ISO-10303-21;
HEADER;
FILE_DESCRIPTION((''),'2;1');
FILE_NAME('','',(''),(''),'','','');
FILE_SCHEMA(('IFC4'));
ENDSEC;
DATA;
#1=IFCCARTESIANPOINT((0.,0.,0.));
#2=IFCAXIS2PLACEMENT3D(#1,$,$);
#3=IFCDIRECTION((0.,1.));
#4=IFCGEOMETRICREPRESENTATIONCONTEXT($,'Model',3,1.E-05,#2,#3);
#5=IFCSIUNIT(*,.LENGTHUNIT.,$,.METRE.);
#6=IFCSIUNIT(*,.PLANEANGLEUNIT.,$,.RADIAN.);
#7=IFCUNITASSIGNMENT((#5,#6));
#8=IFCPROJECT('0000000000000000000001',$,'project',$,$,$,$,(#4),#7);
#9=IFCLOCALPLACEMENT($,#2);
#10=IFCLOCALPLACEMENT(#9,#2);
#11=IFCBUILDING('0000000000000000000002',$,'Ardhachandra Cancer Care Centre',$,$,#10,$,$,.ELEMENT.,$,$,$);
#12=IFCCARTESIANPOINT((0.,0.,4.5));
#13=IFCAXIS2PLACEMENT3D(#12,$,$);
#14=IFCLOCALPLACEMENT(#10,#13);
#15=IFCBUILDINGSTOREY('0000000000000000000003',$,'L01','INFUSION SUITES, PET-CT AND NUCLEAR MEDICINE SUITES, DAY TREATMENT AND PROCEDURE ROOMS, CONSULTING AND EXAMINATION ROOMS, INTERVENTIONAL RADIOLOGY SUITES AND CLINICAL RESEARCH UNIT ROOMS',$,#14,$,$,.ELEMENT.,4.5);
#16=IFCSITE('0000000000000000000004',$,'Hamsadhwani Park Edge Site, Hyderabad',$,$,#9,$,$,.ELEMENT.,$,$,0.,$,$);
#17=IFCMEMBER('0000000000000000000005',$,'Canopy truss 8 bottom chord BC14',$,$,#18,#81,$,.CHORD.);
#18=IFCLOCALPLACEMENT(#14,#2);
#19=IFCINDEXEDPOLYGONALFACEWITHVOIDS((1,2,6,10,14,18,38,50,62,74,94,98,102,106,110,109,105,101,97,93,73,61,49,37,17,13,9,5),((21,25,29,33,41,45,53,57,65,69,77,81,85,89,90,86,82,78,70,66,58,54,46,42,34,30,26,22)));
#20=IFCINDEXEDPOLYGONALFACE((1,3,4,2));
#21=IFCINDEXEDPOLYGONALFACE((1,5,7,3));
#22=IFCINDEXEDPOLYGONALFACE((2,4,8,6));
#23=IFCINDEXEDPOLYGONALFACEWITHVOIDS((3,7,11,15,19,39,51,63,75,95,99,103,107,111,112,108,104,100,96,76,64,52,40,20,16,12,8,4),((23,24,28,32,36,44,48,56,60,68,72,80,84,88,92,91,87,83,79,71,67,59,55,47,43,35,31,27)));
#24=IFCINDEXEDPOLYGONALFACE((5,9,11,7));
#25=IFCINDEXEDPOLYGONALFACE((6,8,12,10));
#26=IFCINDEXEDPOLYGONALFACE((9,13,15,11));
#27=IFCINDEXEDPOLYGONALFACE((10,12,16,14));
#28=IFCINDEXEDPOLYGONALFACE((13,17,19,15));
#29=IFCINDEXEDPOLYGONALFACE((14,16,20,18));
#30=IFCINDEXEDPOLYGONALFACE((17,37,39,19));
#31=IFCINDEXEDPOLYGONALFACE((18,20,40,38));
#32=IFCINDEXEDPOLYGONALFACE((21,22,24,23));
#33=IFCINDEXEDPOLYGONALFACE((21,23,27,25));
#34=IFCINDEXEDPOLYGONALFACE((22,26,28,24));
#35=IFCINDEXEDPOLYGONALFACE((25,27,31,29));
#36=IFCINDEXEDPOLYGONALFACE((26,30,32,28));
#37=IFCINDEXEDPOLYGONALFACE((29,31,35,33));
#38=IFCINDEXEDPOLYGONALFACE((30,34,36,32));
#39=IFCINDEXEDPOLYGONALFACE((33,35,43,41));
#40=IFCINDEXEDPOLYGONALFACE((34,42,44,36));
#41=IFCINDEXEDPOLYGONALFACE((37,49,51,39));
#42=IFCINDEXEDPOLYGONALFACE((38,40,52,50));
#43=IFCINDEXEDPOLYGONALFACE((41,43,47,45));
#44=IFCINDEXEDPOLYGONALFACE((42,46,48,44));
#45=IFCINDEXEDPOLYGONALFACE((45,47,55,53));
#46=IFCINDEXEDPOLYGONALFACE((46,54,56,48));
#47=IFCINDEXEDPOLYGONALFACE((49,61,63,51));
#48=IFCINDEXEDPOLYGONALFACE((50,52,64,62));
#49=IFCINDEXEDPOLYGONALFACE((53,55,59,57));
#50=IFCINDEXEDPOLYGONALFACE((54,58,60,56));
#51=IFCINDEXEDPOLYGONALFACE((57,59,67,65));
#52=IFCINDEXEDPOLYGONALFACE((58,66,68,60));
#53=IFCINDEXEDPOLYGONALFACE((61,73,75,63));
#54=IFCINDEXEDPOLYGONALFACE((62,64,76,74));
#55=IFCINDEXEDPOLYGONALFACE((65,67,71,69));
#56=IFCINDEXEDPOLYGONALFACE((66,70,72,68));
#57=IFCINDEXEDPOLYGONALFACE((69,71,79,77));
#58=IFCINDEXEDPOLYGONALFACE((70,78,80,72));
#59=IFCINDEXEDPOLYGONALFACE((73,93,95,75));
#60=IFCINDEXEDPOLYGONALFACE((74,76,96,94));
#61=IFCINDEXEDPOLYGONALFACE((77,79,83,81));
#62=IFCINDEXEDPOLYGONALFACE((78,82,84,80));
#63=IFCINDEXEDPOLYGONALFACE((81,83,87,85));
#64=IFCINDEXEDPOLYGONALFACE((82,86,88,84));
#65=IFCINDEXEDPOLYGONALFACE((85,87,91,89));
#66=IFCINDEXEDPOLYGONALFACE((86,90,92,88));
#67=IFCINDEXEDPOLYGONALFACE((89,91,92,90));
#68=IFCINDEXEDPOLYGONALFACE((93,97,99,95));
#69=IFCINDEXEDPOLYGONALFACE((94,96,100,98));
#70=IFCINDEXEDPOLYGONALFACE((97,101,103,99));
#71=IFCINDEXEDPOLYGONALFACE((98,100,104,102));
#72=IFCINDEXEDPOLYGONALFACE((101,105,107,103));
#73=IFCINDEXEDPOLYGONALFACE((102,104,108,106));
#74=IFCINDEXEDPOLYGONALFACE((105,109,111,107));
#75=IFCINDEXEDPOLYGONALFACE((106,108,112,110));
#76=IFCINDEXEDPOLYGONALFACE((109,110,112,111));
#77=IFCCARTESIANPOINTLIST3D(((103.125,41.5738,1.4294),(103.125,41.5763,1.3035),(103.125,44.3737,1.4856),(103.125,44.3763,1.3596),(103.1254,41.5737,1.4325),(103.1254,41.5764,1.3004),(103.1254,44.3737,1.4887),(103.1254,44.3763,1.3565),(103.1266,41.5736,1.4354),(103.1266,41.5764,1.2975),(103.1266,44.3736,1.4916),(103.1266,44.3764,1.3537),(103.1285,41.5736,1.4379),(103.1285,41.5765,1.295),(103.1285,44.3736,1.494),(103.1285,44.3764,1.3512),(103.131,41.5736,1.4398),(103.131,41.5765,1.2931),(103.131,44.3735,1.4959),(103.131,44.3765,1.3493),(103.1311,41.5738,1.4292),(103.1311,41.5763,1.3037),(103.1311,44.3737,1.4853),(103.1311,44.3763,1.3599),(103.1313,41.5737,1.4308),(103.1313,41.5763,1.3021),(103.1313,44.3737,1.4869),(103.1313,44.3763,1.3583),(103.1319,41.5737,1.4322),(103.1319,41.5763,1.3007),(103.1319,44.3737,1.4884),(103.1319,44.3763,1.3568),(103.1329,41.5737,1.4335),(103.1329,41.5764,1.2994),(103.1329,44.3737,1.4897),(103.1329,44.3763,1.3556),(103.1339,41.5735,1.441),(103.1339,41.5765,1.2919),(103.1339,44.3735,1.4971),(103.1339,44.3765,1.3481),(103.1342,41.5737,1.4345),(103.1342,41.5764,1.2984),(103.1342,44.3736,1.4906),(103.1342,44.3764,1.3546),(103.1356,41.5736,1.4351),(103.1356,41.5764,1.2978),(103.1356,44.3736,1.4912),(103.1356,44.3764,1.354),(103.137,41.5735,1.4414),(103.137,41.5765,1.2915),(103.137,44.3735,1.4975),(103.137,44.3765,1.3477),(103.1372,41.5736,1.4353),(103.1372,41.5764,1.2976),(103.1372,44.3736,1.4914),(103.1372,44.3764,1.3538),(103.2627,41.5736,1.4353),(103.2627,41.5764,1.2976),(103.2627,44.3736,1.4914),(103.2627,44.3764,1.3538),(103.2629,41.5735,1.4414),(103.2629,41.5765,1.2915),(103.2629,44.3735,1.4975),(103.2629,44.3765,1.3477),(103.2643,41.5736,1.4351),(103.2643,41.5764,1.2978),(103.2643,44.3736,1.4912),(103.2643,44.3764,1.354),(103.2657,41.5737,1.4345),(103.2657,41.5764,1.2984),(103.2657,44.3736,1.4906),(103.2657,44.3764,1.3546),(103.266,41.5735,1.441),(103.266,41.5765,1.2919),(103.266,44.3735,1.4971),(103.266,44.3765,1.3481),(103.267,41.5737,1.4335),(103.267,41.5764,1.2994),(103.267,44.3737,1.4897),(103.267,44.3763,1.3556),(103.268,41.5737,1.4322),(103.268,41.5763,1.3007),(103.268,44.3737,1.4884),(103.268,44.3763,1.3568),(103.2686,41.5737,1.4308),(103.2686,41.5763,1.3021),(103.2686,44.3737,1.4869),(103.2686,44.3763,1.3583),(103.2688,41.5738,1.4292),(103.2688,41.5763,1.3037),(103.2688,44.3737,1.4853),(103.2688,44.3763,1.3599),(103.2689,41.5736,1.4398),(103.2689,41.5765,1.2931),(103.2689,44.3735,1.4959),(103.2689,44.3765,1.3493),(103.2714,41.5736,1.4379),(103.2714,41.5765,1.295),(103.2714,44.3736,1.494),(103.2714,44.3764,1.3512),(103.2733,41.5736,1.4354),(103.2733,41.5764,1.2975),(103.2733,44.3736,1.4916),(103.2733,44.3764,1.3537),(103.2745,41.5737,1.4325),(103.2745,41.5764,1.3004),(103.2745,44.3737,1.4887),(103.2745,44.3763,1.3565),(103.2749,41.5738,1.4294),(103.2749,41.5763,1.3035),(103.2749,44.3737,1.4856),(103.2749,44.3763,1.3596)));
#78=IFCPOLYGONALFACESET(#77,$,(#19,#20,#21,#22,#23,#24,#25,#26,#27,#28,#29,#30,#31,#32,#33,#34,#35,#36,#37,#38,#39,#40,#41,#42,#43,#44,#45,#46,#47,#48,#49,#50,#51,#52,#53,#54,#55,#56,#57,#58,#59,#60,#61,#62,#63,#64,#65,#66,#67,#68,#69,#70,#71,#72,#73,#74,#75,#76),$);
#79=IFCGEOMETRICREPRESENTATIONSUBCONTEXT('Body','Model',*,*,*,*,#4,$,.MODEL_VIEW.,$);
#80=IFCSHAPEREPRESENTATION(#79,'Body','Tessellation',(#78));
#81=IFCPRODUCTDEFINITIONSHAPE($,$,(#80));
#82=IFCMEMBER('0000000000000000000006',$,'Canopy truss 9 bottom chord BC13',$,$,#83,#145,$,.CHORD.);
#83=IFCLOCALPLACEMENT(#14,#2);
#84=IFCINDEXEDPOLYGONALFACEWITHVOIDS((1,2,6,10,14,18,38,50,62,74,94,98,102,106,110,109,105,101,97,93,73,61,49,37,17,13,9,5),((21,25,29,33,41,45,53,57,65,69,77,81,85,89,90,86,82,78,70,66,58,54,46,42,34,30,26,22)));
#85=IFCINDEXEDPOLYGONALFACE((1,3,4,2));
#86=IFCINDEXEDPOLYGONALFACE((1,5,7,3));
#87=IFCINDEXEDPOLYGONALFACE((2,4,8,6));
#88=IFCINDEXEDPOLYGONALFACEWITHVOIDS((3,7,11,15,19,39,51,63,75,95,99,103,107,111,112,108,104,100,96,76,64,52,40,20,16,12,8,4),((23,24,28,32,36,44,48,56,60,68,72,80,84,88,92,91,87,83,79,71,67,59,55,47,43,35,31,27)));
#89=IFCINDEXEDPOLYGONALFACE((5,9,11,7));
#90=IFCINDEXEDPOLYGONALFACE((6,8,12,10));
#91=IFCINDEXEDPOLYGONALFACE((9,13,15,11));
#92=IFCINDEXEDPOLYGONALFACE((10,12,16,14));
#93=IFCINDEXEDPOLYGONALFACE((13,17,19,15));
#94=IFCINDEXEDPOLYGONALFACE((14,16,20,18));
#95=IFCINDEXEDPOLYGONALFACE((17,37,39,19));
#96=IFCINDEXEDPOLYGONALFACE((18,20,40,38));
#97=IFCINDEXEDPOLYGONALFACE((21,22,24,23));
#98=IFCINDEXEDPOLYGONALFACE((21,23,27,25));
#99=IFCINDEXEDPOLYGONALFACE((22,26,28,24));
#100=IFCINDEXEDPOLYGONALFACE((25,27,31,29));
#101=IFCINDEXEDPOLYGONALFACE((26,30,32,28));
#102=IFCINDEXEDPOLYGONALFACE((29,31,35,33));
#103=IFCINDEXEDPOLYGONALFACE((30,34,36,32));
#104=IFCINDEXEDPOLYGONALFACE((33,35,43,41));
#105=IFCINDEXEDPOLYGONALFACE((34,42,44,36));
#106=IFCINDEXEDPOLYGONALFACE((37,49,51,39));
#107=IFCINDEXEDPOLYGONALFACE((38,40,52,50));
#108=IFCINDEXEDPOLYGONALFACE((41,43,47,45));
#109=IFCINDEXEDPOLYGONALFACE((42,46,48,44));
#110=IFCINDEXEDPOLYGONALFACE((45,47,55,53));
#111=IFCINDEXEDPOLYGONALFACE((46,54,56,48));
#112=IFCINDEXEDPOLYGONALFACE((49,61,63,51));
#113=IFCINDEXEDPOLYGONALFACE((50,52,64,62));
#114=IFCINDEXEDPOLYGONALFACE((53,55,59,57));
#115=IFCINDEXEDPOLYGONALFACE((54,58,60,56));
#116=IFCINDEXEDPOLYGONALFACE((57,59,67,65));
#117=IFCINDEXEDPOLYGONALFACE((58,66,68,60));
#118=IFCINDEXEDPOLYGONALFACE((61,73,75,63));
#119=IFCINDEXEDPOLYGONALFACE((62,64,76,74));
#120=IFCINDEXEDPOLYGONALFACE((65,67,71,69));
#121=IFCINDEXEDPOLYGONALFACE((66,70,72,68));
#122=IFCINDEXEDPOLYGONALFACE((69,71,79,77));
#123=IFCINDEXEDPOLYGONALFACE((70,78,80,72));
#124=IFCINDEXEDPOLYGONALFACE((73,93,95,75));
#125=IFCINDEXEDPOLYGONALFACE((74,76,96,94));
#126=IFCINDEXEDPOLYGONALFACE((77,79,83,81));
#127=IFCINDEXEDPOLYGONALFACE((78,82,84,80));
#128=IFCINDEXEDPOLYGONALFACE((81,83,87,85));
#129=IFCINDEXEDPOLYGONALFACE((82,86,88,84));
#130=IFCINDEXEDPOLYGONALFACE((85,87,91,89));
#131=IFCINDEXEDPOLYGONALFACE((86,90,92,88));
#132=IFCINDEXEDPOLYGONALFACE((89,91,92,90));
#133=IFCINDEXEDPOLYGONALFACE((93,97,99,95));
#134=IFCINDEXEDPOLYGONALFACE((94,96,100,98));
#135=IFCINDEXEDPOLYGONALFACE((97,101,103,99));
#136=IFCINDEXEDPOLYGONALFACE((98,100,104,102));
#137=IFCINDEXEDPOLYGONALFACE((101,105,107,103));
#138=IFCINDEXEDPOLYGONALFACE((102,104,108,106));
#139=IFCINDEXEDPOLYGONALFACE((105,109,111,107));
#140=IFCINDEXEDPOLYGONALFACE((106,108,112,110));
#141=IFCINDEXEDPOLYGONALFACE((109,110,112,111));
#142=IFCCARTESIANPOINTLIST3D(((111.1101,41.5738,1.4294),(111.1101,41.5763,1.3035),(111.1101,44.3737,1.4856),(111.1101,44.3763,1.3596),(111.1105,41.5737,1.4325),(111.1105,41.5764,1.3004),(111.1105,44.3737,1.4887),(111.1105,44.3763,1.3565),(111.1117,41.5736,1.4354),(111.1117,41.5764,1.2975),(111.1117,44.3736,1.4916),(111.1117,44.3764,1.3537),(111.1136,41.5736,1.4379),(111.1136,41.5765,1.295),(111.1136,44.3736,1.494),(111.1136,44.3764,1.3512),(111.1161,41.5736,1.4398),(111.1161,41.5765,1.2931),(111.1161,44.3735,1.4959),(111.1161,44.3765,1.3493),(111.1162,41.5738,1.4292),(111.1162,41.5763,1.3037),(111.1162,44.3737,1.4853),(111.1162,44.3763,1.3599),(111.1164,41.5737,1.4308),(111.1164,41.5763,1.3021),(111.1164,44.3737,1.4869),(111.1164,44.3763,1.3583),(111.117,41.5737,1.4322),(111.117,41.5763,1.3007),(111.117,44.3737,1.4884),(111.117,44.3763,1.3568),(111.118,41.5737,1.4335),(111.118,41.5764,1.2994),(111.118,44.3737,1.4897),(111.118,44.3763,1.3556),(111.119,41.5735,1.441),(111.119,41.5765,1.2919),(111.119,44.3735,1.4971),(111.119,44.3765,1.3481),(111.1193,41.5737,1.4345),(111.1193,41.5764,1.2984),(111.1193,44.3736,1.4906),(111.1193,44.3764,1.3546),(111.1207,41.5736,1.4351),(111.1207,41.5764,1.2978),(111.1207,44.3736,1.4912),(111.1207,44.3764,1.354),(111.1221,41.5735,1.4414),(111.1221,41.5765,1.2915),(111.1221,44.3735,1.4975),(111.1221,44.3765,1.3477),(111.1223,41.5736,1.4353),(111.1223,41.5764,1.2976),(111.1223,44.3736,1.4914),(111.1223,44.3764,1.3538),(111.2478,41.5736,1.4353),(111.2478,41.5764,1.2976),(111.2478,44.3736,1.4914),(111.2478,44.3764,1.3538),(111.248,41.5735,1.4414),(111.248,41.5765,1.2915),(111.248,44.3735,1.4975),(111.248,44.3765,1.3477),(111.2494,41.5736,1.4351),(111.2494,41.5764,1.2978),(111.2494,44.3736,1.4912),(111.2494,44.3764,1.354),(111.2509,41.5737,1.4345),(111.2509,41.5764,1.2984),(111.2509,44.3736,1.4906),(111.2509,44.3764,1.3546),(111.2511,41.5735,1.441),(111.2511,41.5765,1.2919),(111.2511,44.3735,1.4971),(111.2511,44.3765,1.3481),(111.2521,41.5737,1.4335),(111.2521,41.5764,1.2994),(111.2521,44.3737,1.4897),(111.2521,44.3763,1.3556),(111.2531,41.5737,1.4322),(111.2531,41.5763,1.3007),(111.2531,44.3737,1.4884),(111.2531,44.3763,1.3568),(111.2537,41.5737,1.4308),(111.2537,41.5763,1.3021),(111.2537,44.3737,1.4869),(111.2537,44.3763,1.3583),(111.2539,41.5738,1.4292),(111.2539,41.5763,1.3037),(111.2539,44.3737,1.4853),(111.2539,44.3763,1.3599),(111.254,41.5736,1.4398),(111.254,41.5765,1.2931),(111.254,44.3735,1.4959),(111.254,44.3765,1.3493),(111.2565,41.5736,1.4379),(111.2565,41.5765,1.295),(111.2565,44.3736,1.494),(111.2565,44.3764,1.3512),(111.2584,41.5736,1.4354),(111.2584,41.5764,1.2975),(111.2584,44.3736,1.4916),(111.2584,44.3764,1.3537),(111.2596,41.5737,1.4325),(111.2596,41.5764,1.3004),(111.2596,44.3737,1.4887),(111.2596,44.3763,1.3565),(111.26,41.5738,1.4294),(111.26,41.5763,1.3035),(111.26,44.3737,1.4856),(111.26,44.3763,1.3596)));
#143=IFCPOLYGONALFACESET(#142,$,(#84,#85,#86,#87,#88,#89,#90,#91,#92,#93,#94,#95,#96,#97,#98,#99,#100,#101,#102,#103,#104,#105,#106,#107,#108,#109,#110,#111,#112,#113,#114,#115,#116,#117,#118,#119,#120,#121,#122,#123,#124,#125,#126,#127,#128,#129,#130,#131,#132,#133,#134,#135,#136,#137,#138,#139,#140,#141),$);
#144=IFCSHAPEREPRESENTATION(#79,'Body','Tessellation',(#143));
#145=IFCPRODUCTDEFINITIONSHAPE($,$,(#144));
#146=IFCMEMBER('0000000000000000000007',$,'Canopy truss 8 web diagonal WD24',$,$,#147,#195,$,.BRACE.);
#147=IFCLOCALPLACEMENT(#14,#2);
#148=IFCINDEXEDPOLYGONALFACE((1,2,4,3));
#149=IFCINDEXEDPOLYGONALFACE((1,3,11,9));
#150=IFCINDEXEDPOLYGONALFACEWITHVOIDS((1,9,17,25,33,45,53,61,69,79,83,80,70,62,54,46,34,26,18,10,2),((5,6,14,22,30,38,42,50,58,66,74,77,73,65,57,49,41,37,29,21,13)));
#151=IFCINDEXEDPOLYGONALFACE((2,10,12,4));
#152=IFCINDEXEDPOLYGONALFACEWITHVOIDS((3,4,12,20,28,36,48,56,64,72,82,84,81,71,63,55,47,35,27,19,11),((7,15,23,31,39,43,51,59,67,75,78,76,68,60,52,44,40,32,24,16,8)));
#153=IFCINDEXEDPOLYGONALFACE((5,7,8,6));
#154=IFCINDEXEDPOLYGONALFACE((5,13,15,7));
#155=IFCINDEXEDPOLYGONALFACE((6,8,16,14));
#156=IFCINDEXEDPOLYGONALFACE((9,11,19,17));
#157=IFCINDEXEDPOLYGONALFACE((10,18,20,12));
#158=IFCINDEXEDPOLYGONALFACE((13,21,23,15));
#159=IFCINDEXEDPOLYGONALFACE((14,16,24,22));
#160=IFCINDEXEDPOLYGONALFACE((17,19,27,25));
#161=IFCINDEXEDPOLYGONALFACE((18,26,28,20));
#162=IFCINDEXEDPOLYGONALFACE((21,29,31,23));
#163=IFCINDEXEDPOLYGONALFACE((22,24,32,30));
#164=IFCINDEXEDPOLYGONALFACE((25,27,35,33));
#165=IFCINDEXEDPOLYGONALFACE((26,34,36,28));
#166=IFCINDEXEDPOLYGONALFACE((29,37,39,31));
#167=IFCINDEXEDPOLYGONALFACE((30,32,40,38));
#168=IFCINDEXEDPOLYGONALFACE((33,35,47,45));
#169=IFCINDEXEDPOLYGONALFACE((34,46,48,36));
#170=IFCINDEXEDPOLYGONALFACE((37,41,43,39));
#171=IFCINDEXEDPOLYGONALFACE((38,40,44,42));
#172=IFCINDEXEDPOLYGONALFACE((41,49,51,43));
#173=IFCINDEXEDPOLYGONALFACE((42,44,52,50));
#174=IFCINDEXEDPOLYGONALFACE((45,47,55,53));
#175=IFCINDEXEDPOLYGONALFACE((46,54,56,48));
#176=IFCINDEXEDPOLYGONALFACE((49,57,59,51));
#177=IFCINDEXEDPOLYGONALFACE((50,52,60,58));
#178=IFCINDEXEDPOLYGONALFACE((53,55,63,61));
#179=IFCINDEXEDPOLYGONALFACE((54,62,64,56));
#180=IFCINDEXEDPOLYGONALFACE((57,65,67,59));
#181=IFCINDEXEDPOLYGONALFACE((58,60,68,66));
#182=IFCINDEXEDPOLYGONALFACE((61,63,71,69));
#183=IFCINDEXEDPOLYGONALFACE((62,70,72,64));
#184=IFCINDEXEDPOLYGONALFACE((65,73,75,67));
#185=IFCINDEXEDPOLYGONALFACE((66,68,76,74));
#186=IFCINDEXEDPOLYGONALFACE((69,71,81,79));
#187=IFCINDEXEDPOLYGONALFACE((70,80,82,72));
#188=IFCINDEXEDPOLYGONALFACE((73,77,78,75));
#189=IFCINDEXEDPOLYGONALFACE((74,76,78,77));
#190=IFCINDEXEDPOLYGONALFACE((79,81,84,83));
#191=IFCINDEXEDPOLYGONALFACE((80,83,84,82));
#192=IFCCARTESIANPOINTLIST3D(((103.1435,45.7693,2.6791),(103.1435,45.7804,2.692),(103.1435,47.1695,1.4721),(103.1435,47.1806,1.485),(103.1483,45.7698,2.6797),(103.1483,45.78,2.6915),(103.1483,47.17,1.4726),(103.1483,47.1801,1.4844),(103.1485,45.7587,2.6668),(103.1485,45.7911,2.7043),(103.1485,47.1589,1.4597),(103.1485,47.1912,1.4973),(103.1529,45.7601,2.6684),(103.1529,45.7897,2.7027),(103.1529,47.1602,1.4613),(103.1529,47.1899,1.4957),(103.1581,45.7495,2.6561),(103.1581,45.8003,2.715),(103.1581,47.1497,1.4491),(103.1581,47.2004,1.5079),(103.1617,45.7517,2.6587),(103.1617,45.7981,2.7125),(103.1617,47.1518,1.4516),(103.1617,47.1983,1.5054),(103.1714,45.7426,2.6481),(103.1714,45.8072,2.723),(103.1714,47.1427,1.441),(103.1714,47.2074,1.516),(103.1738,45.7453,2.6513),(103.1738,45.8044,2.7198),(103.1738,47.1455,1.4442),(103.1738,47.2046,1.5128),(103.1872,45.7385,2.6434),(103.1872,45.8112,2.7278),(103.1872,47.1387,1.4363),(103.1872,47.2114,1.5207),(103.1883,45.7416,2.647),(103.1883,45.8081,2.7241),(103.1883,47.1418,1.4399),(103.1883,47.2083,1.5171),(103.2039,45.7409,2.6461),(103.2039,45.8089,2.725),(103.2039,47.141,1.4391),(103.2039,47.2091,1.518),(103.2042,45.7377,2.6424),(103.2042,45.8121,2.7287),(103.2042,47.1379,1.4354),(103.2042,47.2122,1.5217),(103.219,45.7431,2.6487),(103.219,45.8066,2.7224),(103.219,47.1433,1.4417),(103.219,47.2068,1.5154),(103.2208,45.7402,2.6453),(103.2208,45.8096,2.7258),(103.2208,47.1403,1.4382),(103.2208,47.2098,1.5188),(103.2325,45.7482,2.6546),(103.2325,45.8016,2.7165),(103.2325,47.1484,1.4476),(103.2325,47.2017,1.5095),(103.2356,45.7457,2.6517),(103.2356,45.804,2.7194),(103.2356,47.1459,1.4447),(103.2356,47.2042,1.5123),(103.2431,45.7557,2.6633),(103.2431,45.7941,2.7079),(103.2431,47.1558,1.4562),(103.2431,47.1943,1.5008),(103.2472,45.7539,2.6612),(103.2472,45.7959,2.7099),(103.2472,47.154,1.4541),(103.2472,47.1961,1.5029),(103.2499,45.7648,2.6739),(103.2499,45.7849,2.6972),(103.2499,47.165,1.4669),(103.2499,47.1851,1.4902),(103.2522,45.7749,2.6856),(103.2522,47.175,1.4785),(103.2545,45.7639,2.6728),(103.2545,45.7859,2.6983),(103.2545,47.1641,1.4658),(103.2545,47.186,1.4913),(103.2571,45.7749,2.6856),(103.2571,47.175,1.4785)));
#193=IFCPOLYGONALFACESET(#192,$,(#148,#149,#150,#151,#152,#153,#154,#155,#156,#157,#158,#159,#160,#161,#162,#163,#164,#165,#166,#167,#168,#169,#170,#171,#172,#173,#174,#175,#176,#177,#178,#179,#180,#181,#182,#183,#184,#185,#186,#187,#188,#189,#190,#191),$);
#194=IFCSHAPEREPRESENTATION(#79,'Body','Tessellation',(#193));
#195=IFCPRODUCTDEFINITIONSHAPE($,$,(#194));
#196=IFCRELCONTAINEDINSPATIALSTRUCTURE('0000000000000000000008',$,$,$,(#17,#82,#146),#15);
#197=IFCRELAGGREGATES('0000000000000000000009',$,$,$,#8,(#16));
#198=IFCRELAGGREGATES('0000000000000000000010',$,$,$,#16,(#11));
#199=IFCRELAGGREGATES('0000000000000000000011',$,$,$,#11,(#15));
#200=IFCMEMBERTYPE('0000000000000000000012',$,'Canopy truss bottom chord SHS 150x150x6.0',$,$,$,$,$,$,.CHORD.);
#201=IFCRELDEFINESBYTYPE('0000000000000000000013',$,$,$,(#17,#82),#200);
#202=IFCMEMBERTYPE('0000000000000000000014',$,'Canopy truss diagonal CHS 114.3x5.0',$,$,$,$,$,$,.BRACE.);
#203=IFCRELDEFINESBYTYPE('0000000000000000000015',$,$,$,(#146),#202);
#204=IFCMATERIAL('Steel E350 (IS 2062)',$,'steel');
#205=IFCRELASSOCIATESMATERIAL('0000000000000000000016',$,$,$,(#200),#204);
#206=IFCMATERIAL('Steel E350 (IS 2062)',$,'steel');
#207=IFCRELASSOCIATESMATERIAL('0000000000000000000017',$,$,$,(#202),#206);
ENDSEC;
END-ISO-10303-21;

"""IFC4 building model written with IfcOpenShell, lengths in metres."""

from ifc_helpers import new_model, si_unit, direction, frame, origin, origin_2d, place, context, subcontext, project, spatial, hollow_rectangle, hollow_circle, extrude, material, material_profile, profile_set, type_object, element, save


model = new_model("IFC4")

# Units and contexts
model_context = context("Model", 3, precision=1e-05, world=origin(), true_north=direction((0.0, 1.0)))
body_context = subcontext(model_context, "Body", "Model", "MODEL_VIEW")
ifc_project = project(units=[si_unit("LENGTHUNIT", "METRE"), si_unit("PLANEANGLEUNIT", "RADIAN")], contexts=[model_context])

# Site, building, storey
site_placement = place(None, origin())
site = spatial("IfcSite", under=ifc_project, at=site_placement, Name="Hamsadhwani Park Edge Site, Hyderabad", CompositionType="ELEMENT", RefElevation=0.0)
building_placement = place(site_placement, origin())
building = spatial("IfcBuilding", under=site, at=building_placement, Name="Ardhachandra Cancer Care Centre", CompositionType="ELEMENT")
storey_placement = place(building_placement, frame((0.0, 0.0, 4.5)))
storey = spatial("IfcBuildingStorey", under=building, at=storey_placement, Name="L01", Description="INFUSION SUITES, PET-CT AND NUCLEAR MEDICINE SUITES, DAY TREATMENT AND PROCEDURE ROOMS, CONSULTING AND EXAMINATION ROOMS, INTERVENTIONAL RADIOLOGY SUITES AND CLINICAL RESEARCH UNIT ROOMS", CompositionType="ELEMENT", Elevation=4.5)

# Members
ifc_material_1 = material(Name="Steel E350 (IS 2062)", Category="steel")
ifc_material_profile_1 = material_profile(ifc_material_1, hollow_rectangle(XDim=0.1499, YDim=0.1499, WallThickness=0.0061, InnerFilletRadius=0.0061, OuterFilletRadius=0.012, at=origin_2d()), Name="SHS 150x150x6.0")
ifc_profile_set_1 = profile_set([ifc_material_profile_1], Name="Steel E350 (IS 2062)")
member_type_1 = type_object("IfcMemberType", Name="Canopy truss bottom chord SHS 150x150x6.0", PredefinedType="CHORD", material=ifc_profile_set_1)
for number, where, z_axis, x_axis, name in (
    (1, (103.2, 44.375, 1.4226), (0.0, -0.999799, -0.02005), (1.0, 0.0, 0.0), "Canopy truss 8 bottom chord BC14"),
    (2, (111.1851, 44.375, 1.4226), (0.0, -0.999799, -0.02005), (1.0, 0.0, 0.0), "Canopy truss 9 bottom chord BC13"),
):
    element("IfcMember", number, at=place(storey_placement, frame(where, z_axis=z_axis, x_axis=x_axis)), inside=storey, type_object=member_type_1, Name=name, PredefinedType="CHORD", context=body_context, shape_type="SweptSolid", body=[
        extrude(hollow_rectangle(XDim=0.1499, YDim=0.1499, WallThickness=0.0061, InnerFilletRadius=0.0061, OuterFilletRadius=0.012, at=origin_2d()), origin(), (0.0, 0.0, 1.0), 2.8005),
    ])
ifc_material_2 = material(Name="Steel E350 (IS 2062)", Category="steel")
ifc_material_profile_2 = material_profile(ifc_material_2, hollow_circle(Radius=0.0571, WallThickness=0.0049, at=origin_2d()), Name="CHS 114.3x5.0")
ifc_profile_set_2 = profile_set([ifc_material_profile_2], Name="Steel E350 (IS 2062)")
member_type_2 = type_object("IfcMemberType", Name="Canopy truss diagonal CHS 114.3x5.0", PredefinedType="BRACE", material=ifc_profile_set_2)
member_1_placement = place(storey_placement, frame((103.2, 47.175, 1.4785), z_axis=(0.0, -0.757408, 0.652942), x_axis=(1.0, 0.0, 0.0)))
element("IfcMember", 3, at=member_1_placement, inside=storey, type_object=member_type_2, Name="Canopy truss 8 web diagonal WD24", PredefinedType="BRACE", context=body_context, shape_type="SweptSolid", body=[
    extrude(hollow_circle(Radius=0.0571, WallThickness=0.0049, at=origin_2d()), origin(), (0.0, 0.0, 1.0), 1.8486),
])

save(model, "model.ifc")
